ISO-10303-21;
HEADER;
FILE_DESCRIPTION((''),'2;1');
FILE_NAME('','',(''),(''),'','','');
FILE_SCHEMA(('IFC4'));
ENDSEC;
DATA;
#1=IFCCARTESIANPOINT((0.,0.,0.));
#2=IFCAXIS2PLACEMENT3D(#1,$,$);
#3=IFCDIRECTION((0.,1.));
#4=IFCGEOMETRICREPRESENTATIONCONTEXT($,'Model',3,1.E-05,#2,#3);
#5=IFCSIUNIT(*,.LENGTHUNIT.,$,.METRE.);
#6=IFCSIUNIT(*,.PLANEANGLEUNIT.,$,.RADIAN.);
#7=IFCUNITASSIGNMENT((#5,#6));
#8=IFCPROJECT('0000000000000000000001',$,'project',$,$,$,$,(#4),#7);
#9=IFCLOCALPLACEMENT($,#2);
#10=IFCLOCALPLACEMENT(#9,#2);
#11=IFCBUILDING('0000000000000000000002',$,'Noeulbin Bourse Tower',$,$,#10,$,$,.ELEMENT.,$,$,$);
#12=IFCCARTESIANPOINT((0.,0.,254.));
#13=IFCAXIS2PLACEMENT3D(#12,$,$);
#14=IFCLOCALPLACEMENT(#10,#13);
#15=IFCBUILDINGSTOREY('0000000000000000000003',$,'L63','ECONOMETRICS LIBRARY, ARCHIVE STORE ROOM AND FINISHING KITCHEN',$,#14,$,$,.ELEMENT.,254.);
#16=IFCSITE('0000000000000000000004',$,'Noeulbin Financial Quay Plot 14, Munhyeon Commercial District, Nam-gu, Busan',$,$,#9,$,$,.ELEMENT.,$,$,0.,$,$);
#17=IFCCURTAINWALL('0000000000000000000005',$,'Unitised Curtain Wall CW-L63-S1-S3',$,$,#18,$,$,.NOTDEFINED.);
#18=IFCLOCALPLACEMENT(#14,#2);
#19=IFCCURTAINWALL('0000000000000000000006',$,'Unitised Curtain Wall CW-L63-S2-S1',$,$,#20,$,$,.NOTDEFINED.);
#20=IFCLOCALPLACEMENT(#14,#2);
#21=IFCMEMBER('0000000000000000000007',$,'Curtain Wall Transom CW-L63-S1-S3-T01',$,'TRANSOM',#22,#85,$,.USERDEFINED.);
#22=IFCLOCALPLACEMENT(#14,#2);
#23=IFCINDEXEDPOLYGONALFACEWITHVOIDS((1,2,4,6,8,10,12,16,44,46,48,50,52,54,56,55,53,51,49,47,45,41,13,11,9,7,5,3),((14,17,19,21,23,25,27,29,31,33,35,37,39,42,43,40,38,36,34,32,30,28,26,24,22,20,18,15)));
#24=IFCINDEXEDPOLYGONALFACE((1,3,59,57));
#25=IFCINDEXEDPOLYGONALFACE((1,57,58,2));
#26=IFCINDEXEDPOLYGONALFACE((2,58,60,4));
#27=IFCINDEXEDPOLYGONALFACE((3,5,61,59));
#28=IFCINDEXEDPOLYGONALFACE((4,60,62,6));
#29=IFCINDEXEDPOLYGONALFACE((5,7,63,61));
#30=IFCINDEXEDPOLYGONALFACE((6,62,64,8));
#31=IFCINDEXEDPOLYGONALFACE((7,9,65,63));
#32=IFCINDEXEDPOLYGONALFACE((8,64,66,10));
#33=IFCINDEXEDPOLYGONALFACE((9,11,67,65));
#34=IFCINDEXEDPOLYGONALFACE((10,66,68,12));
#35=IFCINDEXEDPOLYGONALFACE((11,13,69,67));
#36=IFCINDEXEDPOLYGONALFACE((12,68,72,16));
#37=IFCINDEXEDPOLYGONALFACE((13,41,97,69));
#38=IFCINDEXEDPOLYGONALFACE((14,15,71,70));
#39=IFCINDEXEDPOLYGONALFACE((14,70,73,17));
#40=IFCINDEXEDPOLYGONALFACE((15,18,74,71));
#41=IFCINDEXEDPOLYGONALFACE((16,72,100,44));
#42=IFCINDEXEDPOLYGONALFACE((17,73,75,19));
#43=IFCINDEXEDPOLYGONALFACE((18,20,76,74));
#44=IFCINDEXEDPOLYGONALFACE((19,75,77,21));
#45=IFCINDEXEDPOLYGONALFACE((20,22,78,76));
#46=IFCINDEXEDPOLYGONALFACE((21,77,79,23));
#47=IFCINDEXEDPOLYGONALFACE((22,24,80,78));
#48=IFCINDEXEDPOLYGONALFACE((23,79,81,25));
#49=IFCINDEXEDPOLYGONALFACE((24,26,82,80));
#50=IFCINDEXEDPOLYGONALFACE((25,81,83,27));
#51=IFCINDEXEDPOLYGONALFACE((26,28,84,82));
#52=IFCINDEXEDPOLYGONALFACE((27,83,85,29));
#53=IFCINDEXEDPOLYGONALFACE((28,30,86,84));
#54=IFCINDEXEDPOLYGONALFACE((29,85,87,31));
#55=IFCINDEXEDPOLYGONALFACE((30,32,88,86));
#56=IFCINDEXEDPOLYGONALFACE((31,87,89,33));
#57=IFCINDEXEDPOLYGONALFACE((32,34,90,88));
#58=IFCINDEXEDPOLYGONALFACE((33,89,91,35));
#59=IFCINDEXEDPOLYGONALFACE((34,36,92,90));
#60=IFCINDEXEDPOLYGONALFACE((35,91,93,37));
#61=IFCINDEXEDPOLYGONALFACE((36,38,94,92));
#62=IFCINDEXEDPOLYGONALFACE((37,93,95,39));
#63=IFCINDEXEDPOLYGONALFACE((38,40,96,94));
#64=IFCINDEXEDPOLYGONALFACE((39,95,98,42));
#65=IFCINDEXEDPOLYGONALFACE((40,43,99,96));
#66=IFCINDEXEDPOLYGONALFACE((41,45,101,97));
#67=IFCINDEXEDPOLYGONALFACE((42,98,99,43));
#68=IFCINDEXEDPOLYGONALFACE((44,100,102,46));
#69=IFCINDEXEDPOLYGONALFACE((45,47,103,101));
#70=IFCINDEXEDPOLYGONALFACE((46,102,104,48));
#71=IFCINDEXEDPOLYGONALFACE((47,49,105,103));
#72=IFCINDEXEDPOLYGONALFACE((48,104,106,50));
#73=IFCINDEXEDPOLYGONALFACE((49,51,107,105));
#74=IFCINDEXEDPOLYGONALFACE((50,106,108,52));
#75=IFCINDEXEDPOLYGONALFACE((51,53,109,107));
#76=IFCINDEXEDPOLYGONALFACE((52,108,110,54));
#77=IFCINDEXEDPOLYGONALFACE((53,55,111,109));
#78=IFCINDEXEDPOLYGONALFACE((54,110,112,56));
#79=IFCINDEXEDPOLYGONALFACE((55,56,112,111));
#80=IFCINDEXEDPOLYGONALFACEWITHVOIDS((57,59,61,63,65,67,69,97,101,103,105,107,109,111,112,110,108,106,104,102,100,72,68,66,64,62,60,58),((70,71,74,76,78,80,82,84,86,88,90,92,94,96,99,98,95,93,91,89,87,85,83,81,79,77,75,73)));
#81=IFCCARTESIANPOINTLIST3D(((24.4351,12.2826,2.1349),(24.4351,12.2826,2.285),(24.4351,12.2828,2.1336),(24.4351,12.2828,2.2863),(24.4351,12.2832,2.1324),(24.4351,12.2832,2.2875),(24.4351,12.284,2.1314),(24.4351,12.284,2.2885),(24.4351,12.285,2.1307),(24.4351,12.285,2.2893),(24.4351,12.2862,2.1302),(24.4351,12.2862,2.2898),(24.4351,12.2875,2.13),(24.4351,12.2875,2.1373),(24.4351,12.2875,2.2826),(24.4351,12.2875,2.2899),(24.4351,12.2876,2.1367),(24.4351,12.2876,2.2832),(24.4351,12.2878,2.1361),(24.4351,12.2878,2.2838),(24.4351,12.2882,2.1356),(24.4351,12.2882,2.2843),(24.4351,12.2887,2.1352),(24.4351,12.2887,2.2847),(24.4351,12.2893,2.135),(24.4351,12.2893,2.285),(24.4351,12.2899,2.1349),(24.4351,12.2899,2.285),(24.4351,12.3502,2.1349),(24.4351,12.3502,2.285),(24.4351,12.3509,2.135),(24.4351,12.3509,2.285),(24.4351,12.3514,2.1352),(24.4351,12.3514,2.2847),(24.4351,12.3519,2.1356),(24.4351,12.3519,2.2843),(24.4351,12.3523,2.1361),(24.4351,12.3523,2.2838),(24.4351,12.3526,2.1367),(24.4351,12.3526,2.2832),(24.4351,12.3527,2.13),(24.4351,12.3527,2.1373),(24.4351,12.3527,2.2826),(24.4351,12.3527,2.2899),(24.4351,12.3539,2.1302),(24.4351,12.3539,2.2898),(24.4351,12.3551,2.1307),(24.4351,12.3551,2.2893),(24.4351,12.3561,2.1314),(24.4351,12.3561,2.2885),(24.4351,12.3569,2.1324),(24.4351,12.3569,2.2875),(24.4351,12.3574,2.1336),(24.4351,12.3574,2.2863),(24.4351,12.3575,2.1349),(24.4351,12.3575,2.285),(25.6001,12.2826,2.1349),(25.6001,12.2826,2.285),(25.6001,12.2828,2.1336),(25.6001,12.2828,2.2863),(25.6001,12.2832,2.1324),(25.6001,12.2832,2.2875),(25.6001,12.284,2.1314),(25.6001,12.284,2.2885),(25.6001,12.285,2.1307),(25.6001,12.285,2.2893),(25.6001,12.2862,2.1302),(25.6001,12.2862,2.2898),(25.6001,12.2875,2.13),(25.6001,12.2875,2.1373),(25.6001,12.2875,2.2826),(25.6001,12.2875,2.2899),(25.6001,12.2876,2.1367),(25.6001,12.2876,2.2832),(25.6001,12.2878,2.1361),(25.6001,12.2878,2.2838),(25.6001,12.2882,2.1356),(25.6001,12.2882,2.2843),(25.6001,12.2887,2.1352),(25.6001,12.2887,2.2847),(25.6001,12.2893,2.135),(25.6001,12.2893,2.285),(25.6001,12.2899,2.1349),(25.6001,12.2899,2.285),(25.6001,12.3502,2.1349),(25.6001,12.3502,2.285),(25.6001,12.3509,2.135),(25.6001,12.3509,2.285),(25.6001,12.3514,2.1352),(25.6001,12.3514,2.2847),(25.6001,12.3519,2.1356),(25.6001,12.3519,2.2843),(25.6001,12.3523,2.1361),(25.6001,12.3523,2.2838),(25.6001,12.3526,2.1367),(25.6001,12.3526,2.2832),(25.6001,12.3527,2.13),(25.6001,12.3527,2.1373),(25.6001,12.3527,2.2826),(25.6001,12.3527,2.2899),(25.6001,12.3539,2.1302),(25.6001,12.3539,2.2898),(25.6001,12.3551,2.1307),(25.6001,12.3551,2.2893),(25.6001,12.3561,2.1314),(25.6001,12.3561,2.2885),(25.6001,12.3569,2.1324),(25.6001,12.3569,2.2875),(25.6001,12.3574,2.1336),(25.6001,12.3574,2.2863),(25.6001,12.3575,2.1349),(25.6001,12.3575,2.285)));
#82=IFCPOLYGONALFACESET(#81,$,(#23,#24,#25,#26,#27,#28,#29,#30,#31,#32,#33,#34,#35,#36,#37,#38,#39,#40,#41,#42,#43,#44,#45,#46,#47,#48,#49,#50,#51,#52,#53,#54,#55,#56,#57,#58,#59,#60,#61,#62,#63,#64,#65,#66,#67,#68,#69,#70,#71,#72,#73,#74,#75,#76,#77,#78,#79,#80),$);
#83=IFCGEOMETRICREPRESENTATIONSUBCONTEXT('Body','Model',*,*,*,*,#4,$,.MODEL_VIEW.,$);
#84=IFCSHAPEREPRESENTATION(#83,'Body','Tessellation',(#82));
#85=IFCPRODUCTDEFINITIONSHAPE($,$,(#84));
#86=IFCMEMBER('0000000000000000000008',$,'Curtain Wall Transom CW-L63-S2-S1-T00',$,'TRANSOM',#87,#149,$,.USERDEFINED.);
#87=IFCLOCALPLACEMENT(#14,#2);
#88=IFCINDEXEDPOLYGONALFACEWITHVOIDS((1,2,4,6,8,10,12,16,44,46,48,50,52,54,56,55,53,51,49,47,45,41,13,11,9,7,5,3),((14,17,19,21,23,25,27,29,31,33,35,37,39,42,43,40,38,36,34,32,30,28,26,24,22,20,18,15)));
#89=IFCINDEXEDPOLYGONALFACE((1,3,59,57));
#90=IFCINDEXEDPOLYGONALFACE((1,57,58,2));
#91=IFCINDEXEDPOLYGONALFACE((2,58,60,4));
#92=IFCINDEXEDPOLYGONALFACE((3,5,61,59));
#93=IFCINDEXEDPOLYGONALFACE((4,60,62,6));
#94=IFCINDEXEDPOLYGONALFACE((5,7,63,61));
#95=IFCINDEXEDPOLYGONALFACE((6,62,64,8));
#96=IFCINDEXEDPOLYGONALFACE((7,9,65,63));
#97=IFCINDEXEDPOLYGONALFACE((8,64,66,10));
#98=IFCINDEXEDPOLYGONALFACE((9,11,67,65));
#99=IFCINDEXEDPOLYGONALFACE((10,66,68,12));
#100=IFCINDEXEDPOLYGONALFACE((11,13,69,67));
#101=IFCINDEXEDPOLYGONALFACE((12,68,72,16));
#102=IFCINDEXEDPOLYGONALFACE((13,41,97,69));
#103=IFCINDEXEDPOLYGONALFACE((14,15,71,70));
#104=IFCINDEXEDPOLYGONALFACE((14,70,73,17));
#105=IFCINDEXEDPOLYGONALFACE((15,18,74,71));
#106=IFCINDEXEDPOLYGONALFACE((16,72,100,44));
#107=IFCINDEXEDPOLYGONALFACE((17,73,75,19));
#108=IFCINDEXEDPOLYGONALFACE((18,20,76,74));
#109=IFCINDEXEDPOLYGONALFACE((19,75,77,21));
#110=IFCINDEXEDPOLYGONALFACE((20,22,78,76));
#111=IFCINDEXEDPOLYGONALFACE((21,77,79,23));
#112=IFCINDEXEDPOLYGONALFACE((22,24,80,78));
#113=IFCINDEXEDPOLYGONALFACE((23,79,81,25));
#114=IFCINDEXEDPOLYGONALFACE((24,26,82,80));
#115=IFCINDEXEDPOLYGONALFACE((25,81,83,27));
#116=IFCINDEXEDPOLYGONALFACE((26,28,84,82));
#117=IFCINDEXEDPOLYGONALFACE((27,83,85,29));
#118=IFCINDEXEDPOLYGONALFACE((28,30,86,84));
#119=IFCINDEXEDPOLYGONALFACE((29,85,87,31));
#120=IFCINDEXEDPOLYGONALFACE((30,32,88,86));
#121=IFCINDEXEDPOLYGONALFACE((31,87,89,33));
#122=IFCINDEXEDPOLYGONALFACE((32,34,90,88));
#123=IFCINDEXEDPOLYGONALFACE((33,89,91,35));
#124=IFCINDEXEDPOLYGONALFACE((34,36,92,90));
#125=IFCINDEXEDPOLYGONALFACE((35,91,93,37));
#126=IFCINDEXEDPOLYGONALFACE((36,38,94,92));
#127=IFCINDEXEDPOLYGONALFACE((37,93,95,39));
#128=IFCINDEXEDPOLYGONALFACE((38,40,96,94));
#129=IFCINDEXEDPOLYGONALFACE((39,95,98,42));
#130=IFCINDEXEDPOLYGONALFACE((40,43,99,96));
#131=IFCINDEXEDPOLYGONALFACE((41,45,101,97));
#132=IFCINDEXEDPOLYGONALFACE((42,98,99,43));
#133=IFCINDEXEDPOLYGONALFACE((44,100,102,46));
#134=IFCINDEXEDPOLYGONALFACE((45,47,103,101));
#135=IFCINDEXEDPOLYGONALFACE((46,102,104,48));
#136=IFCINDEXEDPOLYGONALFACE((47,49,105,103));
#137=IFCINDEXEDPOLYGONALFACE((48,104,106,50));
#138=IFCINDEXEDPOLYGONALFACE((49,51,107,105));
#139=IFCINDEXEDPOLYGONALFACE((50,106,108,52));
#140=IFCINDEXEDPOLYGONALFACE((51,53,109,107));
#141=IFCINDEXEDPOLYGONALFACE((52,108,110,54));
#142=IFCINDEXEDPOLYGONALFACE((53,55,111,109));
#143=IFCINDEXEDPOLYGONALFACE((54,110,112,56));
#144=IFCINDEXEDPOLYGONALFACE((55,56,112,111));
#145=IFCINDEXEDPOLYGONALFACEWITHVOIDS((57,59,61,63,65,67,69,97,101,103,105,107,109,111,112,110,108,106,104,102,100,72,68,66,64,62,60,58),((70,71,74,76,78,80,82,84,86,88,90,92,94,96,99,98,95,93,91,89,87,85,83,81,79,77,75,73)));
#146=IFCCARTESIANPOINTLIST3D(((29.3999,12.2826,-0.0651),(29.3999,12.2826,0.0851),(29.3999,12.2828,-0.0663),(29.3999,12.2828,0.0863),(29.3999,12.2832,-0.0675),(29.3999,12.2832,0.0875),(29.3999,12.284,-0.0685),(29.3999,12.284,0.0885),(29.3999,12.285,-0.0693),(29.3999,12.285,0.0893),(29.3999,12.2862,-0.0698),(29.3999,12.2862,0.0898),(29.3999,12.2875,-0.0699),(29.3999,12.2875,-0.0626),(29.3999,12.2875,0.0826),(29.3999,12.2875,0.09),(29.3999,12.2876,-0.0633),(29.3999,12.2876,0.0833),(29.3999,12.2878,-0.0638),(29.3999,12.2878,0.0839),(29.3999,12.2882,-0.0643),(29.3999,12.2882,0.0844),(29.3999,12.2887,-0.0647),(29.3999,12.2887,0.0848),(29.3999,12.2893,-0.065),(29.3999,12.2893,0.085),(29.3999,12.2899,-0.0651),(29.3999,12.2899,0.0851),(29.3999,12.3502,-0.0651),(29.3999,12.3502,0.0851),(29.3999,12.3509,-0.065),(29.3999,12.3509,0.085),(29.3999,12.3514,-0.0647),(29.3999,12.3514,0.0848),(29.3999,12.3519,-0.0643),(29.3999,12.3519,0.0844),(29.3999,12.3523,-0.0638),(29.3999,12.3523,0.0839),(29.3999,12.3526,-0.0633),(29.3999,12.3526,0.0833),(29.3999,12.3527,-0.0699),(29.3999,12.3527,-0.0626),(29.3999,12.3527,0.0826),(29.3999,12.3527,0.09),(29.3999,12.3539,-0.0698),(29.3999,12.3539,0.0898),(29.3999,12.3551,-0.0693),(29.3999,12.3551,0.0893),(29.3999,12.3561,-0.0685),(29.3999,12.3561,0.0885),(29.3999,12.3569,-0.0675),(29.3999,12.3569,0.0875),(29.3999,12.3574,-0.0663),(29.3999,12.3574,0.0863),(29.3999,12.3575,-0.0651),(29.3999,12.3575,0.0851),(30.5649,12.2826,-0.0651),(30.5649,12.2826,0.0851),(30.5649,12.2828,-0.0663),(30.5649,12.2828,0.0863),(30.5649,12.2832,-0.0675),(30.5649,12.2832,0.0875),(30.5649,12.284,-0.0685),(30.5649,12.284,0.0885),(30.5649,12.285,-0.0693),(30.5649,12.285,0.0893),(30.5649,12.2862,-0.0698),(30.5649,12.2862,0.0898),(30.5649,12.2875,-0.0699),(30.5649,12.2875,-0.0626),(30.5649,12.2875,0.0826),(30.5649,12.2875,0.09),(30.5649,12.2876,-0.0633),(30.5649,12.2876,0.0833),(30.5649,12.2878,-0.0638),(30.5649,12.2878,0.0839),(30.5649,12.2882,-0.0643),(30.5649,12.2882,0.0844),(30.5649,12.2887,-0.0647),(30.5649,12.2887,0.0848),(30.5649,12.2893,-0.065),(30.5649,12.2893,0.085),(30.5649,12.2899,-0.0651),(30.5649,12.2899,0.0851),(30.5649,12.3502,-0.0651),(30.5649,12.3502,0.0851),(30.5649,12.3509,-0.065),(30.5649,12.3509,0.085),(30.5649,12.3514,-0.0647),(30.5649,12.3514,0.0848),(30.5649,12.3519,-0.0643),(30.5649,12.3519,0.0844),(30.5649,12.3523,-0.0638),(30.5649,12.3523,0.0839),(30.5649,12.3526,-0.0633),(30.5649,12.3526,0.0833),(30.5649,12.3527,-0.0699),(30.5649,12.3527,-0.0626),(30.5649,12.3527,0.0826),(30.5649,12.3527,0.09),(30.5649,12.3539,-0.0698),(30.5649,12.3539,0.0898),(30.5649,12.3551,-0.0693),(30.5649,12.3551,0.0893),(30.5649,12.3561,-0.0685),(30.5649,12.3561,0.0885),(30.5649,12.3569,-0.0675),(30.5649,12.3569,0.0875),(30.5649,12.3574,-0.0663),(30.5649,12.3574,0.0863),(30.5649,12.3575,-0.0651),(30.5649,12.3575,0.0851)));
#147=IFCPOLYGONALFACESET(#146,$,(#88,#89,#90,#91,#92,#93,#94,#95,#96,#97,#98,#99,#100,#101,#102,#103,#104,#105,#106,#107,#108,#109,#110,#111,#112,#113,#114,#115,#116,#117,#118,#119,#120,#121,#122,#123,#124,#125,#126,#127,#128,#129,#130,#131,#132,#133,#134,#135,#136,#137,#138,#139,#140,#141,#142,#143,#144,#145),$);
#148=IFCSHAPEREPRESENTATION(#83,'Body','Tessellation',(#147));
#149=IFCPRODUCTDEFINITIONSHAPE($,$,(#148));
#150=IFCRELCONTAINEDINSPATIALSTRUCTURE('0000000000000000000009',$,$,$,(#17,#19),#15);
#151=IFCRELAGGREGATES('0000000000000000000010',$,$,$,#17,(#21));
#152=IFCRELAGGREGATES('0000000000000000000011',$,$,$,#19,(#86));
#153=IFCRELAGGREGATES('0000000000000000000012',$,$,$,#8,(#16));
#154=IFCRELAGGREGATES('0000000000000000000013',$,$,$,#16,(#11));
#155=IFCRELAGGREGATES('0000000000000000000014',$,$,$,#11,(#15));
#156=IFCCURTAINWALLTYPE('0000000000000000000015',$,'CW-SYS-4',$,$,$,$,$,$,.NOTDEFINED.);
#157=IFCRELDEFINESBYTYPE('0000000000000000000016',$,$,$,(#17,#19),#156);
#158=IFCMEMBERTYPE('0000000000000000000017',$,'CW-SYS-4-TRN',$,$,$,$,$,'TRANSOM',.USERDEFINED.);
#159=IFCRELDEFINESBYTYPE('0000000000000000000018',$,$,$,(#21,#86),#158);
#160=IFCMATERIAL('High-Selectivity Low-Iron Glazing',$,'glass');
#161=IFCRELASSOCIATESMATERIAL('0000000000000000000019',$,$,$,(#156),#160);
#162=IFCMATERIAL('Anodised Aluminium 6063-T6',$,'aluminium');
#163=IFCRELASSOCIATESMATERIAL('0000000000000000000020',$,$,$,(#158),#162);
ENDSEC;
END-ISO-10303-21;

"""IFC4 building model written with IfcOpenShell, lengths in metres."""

from ifc_helpers import new_model, si_unit, direction, frame, origin, origin_2d, place, context, subcontext, project, spatial, hollow_rectangle, extrude, material, material_profile, profile_set, type_object, element, aggregate, save


model = new_model("IFC4")

# Units and contexts
model_context = context("Model", 3, precision=1e-05, world=origin(), true_north=direction((0.0, 1.0)))
body_context = subcontext(model_context, "Body", "Model", "MODEL_VIEW")
ifc_project = project(units=[si_unit("LENGTHUNIT", "METRE"), si_unit("PLANEANGLEUNIT", "RADIAN")], contexts=[model_context])

# Site, building, storey
site_placement = place(None, origin())
site = spatial("IfcSite", under=ifc_project, at=site_placement, Name="Noeulbin Financial Quay Plot 14, Munhyeon Commercial District, Nam-gu, Busan", CompositionType="ELEMENT", RefElevation=0.0)
building_placement = place(site_placement, origin())
building = spatial("IfcBuilding", under=site, at=building_placement, Name="Noeulbin Bourse Tower", CompositionType="ELEMENT")
storey_placement = place(building_placement, frame((0.0, 0.0, 254.0)))
storey = spatial("IfcBuildingStorey", under=building, at=storey_placement, Name="L63", Description="ECONOMETRICS LIBRARY, ARCHIVE STORE ROOM AND FINISHING KITCHEN", CompositionType="ELEMENT", Elevation=254.0)

# Curtain walls
ifc_material_1 = material(Name="High-Selectivity Low-Iron Glazing", Category="glass")
curtain_wall_type = type_object("IfcCurtainWallType", Name="CW-SYS-4", PredefinedType="NOTDEFINED", material=ifc_material_1)
ifc_material_2 = material(Name="Anodised Aluminium 6063-T6", Category="aluminium")
curtain_wall_1_placement = place(storey_placement, origin())
curtain_wall_1 = element("IfcCurtainWall", 1, at=curtain_wall_1_placement, inside=storey, type_object=curtain_wall_type, Name="Unitised Curtain Wall CW-L63-S1-S3", PredefinedType="NOTDEFINED")
curtain_wall_2_placement = place(storey_placement, origin())
curtain_wall_2 = element("IfcCurtainWall", 2, at=curtain_wall_2_placement, inside=storey, type_object=curtain_wall_type, Name="Unitised Curtain Wall CW-L63-S2-S1", PredefinedType="NOTDEFINED")

# Members
ifc_material_profile_1 = material_profile(ifc_material_2, hollow_rectangle(XDim=0.075, YDim=0.1599, WallThickness=0.0049, InnerFilletRadius=0.0024, OuterFilletRadius=0.0049, at=origin_2d()), Name="ALU-TRAN-75x160x5", Category="LoadBearing")
ifc_profile_set_1 = profile_set([ifc_material_profile_1], Name="Anodised Aluminium 6063-T6")
member_type_1 = type_object("IfcMemberType", Name="CW-SYS-4-TRN", ElementType="TRANSOM", PredefinedType="USERDEFINED", material=ifc_profile_set_1)
member_1_placement = place(storey_placement, frame((24.4351, 12.3201, 2.21), z_axis=(1.0, 0.0, 0.0), x_axis=(0.0, 1.0, 0.0)))
member_1 = element("IfcMember", 3, at=member_1_placement, type_object=member_type_1, Name="Curtain Wall Transom CW-L63-S1-S3-T01", ObjectType="TRANSOM", PredefinedType="USERDEFINED", context=body_context, shape_type="SweptSolid", body=[
    extrude(hollow_rectangle(XDim=0.075, YDim=0.1599, WallThickness=0.0049, InnerFilletRadius=0.0024, OuterFilletRadius=0.0049, at=origin_2d()), origin(), (0.0, 0.0, 1.0), 1.165),
])
member_2_placement = place(storey_placement, frame((29.3999, 12.3201, 0.01), z_axis=(1.0, 0.0, 0.0), x_axis=(0.0, 1.0, 0.0)))
member_2 = element("IfcMember", 4, at=member_2_placement, type_object=member_type_1, Name="Curtain Wall Transom CW-L63-S2-S1-T00", ObjectType="TRANSOM", PredefinedType="USERDEFINED", context=body_context, shape_type="SweptSolid", body=[
    extrude(hollow_rectangle(XDim=0.075, YDim=0.1599, WallThickness=0.0049, InnerFilletRadius=0.0024, OuterFilletRadius=0.0049, at=origin_2d()), origin(), (0.0, 0.0, 1.0), 1.165),
])

aggregate(curtain_wall_1, [member_1])
aggregate(curtain_wall_2, [member_2])

save(model, "model.ifc")
